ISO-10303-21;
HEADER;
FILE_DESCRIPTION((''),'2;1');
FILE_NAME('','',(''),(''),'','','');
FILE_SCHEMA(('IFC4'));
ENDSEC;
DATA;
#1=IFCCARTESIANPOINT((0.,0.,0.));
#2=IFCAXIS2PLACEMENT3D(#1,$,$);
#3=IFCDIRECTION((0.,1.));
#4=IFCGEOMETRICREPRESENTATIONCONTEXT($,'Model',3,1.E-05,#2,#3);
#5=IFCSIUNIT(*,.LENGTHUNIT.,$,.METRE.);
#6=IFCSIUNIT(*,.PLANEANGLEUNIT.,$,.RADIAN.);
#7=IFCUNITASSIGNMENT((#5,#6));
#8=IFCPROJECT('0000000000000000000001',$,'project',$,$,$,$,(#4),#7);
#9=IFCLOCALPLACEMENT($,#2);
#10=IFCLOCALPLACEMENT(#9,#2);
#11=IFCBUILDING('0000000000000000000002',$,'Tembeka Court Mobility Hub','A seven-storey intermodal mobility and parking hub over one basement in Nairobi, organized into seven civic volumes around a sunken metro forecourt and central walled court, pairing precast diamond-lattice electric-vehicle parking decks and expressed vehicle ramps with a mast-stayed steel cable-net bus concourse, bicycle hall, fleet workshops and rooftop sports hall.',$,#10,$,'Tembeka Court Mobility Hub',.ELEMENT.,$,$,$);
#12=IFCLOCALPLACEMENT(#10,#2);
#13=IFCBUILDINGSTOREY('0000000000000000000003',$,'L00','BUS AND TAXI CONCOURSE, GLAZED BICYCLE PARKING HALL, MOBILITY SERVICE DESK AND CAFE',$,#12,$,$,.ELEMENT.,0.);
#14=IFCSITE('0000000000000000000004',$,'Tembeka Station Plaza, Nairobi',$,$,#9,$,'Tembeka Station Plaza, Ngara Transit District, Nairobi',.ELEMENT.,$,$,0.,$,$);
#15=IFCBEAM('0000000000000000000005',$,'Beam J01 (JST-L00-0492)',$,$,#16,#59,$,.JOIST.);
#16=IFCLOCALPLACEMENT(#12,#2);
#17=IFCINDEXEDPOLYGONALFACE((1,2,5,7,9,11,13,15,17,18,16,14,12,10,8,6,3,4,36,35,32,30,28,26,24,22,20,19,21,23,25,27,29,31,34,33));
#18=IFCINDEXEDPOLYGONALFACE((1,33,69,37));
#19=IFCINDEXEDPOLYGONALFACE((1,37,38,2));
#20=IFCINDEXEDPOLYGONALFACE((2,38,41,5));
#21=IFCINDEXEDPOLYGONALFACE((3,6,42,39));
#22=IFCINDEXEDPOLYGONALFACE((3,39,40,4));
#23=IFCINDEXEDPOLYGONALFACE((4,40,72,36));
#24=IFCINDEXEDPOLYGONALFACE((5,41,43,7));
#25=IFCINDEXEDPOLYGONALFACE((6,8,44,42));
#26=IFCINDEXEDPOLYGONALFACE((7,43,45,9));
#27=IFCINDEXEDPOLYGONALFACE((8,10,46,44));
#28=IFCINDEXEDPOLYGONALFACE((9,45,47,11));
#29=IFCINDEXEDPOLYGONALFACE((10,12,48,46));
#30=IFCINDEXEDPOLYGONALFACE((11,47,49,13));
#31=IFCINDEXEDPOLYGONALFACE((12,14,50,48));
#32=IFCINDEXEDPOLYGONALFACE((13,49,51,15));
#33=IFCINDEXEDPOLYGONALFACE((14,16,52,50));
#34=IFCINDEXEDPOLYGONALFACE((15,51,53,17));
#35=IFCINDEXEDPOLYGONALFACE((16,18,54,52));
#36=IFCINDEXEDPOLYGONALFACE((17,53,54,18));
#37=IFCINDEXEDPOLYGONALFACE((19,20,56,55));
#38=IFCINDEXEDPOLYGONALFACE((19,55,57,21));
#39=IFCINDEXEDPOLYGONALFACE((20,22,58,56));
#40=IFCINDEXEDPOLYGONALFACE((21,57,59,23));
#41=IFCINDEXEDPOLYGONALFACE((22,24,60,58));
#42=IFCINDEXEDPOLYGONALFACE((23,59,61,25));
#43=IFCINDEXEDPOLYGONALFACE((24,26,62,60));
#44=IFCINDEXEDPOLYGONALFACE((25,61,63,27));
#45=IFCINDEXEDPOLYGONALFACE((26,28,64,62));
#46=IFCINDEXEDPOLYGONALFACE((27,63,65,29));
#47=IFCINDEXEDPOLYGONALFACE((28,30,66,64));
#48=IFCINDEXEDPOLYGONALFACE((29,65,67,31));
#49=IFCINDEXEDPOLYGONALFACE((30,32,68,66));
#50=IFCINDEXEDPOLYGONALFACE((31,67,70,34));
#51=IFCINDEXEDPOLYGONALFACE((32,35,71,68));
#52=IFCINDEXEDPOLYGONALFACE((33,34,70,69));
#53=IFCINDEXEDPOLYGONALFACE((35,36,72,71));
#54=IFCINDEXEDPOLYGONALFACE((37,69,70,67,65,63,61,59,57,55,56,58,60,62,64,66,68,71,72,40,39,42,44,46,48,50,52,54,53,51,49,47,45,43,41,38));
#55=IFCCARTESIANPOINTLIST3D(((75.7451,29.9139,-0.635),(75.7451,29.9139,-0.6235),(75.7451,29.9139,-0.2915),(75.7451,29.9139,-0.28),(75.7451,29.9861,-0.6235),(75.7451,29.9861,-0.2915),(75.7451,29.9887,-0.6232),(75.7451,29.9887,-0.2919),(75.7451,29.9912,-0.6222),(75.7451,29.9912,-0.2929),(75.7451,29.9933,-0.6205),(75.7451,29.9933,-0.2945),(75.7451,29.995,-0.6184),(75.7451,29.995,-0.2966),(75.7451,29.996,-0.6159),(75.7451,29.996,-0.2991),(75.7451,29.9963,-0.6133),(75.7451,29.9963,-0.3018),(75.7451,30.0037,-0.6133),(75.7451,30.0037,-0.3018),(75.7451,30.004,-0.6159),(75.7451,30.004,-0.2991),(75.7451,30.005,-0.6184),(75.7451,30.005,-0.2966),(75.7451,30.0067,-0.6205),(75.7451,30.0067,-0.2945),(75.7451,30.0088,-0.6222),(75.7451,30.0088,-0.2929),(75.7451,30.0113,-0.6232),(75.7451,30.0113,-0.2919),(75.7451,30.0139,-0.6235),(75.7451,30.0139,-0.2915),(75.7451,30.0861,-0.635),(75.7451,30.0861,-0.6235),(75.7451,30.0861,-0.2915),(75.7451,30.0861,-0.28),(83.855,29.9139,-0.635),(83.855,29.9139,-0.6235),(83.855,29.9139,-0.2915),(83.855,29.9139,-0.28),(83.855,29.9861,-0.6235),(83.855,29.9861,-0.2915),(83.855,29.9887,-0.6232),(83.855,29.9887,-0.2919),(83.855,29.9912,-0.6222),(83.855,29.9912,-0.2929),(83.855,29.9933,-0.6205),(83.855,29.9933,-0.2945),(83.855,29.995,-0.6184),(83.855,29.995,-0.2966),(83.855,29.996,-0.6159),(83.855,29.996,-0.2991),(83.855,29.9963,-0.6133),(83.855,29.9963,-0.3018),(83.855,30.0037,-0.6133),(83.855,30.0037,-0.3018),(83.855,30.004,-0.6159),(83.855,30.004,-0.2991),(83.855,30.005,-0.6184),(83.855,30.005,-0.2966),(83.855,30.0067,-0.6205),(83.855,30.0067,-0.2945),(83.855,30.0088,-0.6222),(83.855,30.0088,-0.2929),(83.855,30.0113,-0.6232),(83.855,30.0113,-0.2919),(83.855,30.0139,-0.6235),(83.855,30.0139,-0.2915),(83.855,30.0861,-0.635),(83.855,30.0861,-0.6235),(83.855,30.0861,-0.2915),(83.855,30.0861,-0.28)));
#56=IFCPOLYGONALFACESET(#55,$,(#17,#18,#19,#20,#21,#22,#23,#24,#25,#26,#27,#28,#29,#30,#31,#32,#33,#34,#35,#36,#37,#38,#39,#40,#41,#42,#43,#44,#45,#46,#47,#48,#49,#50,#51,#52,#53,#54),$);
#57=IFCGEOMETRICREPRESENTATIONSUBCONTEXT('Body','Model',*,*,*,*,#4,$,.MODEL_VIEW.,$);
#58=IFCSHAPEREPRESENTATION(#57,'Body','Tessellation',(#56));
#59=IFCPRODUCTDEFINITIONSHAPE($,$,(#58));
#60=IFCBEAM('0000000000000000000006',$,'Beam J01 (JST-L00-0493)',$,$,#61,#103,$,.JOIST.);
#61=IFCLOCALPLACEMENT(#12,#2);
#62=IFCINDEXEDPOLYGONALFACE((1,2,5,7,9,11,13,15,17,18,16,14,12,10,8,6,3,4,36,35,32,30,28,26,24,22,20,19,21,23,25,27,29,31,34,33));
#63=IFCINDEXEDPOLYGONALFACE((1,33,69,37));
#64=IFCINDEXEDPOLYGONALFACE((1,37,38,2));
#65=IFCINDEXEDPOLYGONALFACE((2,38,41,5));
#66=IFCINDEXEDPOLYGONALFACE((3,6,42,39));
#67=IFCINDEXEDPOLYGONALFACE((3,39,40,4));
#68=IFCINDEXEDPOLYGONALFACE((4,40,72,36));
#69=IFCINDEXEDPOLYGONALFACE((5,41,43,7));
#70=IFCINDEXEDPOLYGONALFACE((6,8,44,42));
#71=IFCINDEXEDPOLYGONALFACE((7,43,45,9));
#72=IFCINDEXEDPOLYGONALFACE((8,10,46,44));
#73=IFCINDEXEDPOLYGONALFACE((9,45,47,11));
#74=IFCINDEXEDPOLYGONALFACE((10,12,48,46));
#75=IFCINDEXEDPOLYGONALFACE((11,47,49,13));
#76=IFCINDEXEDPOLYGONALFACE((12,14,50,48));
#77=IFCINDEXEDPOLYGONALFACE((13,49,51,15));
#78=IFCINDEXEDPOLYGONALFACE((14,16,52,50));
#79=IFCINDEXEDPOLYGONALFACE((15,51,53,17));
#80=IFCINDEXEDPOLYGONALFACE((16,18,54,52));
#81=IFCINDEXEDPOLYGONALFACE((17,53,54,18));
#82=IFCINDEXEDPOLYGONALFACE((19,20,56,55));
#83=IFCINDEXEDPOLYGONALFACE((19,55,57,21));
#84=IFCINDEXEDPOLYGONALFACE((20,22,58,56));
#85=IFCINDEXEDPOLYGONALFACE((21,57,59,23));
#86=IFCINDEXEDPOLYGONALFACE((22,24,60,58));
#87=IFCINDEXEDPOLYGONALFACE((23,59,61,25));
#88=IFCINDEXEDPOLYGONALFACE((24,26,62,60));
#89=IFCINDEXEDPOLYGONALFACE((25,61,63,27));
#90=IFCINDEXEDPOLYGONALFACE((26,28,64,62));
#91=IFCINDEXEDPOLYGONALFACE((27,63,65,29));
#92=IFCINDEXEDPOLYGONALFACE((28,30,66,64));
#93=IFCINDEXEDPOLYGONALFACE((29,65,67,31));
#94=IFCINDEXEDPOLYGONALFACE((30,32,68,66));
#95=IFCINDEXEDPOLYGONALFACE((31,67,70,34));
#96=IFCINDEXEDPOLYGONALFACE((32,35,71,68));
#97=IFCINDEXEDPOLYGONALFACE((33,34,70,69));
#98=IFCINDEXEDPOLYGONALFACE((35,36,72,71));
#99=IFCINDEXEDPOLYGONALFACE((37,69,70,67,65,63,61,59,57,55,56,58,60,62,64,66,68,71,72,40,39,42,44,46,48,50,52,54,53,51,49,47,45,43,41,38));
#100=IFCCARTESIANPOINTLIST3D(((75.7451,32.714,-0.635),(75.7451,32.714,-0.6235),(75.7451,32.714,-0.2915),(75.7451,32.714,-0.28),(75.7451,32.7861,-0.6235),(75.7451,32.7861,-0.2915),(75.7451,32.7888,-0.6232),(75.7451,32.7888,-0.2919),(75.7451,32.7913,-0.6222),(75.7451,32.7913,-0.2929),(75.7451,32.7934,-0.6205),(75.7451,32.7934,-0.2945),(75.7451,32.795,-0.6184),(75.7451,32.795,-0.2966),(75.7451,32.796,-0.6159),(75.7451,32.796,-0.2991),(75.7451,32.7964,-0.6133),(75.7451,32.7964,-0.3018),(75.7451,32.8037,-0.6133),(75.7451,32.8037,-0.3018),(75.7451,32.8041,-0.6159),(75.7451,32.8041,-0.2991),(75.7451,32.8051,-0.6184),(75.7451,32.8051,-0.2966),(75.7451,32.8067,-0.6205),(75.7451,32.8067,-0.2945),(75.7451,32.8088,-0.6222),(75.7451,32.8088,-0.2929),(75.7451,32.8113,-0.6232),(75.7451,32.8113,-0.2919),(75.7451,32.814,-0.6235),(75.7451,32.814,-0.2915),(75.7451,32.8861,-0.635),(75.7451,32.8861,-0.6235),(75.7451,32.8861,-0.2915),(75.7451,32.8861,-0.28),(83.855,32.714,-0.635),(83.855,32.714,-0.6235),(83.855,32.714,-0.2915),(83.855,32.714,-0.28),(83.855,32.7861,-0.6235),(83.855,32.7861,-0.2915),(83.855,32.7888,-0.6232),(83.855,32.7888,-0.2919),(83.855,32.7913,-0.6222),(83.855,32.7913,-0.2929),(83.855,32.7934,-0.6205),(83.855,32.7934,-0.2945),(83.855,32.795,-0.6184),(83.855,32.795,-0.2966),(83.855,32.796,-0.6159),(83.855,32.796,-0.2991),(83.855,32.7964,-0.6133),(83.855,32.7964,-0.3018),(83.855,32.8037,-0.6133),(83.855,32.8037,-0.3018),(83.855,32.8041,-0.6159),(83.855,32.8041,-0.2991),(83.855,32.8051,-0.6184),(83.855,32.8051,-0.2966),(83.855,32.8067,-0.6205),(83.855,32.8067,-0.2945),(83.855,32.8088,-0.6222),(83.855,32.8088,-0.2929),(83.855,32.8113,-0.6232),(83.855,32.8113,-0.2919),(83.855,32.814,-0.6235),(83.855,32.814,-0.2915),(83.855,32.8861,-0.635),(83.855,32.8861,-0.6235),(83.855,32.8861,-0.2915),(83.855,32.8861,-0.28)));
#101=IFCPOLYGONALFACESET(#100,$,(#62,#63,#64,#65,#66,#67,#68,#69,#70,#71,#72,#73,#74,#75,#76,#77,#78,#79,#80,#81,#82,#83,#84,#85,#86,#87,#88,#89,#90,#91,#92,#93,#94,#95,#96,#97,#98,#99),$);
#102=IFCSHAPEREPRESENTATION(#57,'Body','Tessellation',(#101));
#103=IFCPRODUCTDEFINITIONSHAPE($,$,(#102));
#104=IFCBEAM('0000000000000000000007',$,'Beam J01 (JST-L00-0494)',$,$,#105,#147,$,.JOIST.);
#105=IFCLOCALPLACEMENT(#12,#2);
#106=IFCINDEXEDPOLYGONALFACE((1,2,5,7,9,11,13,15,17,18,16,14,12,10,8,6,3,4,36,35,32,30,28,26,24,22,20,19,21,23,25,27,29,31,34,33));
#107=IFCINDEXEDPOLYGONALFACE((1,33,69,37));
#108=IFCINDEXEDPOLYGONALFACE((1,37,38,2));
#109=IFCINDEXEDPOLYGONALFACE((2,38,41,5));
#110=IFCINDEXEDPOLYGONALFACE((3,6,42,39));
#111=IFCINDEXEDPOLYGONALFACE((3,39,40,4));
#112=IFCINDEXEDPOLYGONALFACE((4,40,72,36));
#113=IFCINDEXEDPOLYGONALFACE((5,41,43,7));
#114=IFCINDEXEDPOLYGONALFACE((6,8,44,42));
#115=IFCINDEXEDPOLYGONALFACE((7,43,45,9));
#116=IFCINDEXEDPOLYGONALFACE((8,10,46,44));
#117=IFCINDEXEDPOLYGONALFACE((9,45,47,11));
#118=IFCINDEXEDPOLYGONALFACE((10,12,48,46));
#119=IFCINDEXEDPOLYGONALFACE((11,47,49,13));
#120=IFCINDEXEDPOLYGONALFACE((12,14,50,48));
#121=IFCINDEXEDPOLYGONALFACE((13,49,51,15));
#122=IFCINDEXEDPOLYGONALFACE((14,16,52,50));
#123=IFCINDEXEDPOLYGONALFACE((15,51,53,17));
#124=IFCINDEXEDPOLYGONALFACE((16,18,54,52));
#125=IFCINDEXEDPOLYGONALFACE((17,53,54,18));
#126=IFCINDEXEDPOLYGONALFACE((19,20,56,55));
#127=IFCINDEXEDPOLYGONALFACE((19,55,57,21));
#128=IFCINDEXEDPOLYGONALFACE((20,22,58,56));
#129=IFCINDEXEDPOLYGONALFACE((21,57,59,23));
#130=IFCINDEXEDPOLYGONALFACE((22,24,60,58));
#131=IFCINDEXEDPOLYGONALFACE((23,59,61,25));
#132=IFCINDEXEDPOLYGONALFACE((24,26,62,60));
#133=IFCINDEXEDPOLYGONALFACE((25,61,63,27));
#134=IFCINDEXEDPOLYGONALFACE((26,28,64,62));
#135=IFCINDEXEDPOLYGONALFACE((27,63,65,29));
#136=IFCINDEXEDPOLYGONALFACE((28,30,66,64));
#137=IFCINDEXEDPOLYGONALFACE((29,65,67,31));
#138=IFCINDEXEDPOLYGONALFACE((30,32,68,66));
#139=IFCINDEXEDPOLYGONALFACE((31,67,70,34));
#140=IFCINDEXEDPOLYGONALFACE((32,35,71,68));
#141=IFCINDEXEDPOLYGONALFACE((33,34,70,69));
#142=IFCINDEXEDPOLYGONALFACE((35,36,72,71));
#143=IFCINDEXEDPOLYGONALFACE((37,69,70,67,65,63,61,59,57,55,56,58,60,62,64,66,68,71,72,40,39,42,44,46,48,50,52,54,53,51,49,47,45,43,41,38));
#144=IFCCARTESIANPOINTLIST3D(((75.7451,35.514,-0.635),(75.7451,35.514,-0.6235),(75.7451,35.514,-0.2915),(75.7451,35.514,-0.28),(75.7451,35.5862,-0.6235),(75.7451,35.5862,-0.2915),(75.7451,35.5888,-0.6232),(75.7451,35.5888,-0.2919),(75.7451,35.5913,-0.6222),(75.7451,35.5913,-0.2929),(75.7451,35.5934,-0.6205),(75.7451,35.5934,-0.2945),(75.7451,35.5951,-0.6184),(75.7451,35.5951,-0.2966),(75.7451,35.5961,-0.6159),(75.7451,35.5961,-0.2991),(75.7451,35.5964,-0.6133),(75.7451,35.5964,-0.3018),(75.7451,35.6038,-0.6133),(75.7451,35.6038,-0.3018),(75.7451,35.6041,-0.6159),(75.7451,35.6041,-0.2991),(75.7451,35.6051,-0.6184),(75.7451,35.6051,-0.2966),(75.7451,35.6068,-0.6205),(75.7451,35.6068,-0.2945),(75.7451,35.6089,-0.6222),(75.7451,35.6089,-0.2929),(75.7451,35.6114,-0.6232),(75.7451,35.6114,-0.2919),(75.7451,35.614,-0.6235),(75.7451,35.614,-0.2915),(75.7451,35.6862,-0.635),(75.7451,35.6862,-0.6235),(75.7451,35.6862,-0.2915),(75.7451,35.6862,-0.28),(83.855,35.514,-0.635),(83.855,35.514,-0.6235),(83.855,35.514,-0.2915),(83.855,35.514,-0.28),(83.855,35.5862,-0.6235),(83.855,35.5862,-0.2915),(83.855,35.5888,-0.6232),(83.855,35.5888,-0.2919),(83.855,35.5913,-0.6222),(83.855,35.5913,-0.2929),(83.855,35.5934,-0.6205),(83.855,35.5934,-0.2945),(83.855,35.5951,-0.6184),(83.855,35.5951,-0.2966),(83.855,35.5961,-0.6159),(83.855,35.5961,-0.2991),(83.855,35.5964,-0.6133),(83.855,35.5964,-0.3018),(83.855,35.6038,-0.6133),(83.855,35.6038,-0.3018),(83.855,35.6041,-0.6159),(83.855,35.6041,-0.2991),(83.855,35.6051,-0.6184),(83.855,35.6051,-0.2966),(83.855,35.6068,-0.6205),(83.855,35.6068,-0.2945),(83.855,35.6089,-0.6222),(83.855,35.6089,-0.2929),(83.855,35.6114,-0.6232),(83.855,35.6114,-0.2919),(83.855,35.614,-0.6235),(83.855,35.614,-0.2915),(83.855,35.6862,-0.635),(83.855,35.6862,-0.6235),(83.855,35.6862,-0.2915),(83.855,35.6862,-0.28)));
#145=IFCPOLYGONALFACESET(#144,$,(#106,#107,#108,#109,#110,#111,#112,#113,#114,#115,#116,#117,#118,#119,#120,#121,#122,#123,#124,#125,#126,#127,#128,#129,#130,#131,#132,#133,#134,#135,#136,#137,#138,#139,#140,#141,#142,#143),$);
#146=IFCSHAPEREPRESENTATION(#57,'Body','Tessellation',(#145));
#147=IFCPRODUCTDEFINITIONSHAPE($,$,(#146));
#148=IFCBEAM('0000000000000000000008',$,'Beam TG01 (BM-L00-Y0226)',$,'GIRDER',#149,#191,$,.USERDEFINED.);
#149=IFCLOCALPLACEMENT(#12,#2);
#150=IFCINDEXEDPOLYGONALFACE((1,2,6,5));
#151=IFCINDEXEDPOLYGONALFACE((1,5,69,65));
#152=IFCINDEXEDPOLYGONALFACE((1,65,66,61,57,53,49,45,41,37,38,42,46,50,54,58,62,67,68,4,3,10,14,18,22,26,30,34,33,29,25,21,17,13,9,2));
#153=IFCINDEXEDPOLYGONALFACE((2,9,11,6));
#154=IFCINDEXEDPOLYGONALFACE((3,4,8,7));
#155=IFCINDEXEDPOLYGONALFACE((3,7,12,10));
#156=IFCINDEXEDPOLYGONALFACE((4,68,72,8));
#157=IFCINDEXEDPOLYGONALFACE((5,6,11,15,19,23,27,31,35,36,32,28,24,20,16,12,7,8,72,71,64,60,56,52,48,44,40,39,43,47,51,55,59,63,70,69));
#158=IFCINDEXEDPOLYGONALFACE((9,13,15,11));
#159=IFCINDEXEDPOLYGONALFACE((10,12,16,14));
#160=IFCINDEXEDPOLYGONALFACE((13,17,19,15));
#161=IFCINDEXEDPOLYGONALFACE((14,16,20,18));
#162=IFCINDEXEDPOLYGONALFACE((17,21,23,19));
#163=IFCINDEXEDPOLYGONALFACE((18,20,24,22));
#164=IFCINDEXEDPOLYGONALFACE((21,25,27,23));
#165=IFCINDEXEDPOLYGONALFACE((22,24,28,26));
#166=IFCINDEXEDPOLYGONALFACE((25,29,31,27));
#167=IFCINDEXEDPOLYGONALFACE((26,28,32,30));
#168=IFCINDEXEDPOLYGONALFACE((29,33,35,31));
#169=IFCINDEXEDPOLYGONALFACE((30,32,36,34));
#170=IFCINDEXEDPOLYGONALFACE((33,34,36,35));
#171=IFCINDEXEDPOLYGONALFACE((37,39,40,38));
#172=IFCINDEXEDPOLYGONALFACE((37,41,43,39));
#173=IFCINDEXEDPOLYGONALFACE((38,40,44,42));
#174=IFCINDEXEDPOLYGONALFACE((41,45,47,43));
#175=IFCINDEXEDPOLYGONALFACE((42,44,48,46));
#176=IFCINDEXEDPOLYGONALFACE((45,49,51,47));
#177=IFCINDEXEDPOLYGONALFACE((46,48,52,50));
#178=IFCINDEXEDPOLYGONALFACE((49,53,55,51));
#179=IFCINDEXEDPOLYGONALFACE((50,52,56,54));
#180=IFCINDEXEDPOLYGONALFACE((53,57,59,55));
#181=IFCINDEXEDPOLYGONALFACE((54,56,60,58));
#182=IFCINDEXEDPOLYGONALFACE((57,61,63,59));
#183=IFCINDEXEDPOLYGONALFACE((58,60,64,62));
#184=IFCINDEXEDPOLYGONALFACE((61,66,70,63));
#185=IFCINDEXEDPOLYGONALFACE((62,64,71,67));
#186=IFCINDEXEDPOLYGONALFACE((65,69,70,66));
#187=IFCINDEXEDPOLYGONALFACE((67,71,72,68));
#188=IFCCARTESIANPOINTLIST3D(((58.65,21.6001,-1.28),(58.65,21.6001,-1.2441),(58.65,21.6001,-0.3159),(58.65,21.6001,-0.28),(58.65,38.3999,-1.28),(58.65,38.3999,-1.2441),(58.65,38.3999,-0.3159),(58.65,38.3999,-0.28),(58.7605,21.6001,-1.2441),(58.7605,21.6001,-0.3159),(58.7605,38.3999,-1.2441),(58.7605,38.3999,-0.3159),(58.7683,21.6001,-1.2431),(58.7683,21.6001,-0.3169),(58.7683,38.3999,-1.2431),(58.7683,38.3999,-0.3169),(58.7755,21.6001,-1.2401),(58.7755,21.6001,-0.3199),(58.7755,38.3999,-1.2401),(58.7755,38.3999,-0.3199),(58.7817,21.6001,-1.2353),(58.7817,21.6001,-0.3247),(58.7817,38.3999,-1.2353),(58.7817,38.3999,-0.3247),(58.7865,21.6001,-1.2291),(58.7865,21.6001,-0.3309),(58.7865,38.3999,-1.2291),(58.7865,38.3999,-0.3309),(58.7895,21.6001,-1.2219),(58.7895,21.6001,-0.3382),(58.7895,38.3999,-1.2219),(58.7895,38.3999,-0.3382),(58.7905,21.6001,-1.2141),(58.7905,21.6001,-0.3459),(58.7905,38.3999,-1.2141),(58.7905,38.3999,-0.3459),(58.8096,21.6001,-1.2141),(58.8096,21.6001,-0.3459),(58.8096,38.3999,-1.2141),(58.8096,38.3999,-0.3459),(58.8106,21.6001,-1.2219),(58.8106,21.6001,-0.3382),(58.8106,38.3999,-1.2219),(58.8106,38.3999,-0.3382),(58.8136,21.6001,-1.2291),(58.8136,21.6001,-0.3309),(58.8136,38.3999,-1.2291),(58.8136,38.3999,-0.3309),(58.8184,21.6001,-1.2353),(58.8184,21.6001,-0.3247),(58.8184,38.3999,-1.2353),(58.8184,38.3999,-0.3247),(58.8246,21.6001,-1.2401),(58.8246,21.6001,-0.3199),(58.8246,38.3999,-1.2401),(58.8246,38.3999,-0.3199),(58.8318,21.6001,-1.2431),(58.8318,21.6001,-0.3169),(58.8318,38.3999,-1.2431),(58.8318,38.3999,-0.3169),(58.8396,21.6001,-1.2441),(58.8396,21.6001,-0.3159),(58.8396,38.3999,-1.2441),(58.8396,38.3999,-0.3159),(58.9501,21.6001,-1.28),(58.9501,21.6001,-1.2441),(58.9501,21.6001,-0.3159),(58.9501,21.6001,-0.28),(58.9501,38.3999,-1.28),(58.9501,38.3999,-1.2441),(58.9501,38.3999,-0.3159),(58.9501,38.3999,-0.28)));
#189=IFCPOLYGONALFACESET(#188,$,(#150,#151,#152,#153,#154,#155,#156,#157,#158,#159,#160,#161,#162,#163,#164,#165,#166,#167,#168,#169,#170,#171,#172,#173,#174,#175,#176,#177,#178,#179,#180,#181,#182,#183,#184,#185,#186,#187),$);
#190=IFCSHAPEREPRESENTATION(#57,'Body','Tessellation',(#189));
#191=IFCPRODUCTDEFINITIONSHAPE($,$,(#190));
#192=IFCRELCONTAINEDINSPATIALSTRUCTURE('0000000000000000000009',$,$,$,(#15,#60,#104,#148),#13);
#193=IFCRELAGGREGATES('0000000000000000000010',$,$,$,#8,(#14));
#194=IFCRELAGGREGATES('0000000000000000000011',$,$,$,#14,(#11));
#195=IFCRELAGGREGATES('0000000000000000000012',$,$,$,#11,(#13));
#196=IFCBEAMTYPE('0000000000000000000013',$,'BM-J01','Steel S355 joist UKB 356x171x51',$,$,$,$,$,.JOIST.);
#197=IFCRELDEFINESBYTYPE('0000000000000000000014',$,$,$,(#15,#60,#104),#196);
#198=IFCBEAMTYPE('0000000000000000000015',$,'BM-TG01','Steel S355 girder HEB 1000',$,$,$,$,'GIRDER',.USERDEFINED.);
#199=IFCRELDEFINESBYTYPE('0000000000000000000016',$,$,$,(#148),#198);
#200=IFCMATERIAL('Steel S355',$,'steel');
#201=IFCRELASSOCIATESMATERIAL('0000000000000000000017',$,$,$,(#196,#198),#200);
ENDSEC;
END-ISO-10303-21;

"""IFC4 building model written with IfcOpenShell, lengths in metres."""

from ifc_helpers import new_model, si_unit, direction, frame, origin, origin_2d, place, context, subcontext, project, spatial, i_section, extrude, material, material_profile, profile_set, type_object, element, save


model = new_model("IFC4")

# Units and contexts
model_context = context("Model", 3, precision=1e-05, world=origin(), true_north=direction((0.0, 1.0)))
body_context = subcontext(model_context, "Body", "Model", "MODEL_VIEW")
ifc_project = project(units=[si_unit("LENGTHUNIT", "METRE"), si_unit("PLANEANGLEUNIT", "RADIAN")], contexts=[model_context])

# Site, building, storey
site_placement = place(None, origin())
site = spatial("IfcSite", under=ifc_project, at=site_placement, Name="Tembeka Station Plaza, Nairobi", LongName="Tembeka Station Plaza, Ngara Transit District, Nairobi", CompositionType="ELEMENT", RefElevation=0.0)
building_placement = place(site_placement, origin())
building = spatial("IfcBuilding", under=site, at=building_placement, Name="Tembeka Court Mobility Hub", Description="A seven-storey intermodal mobility and parking hub over one basement in Nairobi, organized into seven civic volumes around a sunken metro forecourt and central walled court, pairing precast diamond-lattice electric-vehicle parking decks and expressed vehicle ramps with a mast-stayed steel cable-net bus concourse, bicycle hall, fleet workshops and rooftop sports hall.", LongName="Tembeka Court Mobility Hub", CompositionType="ELEMENT")
storey_placement = place(building_placement, origin())
storey = spatial("IfcBuildingStorey", under=building, at=storey_placement, Name="L00", Description="BUS AND TAXI CONCOURSE, GLAZED BICYCLE PARKING HALL, MOBILITY SERVICE DESK AND CAFE", CompositionType="ELEMENT", Elevation=0.0)

# Shared definitions
ifc_material_1 = material(Name="Steel S355", Category="steel")

# Beams
ifc_material_profile_1 = material_profile(ifc_material_1, i_section(OverallWidth=0.1721, OverallDepth=0.355, WebThickness=0.0073, FlangeThickness=0.0115, FilletRadius=0.0103, at=origin_2d()), Name="UKB 356x171x51")
ifc_profile_set_1 = profile_set([ifc_material_profile_1], Name="Steel S355")
beam_type_1 = type_object("IfcBeamType", Name="BM-J01", Description="Steel S355 joist UKB 356x171x51", PredefinedType="JOIST", material=ifc_profile_set_1)
for number, where, z_axis, x_axis, name in (
    (1, (75.7451, 30.0, -0.4575), (1.0, 0.0, 0.0), (0.0, 1.0, 0.0), "Beam J01 (JST-L00-0492)"),
    (2, (75.7451, 32.8, -0.4575), (1.0, 0.0, 0.0), (0.0, 1.0, 0.0), "Beam J01 (JST-L00-0493)"),
    (3, (75.7451, 35.6001, -0.4575), (1.0, 0.0, 0.0), (0.0, 1.0, 0.0), "Beam J01 (JST-L00-0494)"),
):
    element("IfcBeam", number, at=place(storey_placement, frame(where, z_axis=z_axis, x_axis=x_axis)), inside=storey, type_object=beam_type_1, Name=name, PredefinedType="JOIST", context=body_context, shape_type="SweptSolid", body=[
        extrude(i_section(OverallWidth=0.1721, OverallDepth=0.355, WebThickness=0.0073, FlangeThickness=0.0115, FilletRadius=0.0103, at=origin_2d()), origin(), (0.0, 0.0, 1.0), 8.1099),
    ])
ifc_material_profile_2 = material_profile(ifc_material_1, i_section(OverallWidth=0.3, OverallDepth=1.0, WebThickness=0.019, FlangeThickness=0.0359, FilletRadius=0.03, at=origin_2d()), Name="HEB 1000")
ifc_profile_set_2 = profile_set([ifc_material_profile_2], Name="Steel S355")
beam_type_2 = type_object("IfcBeamType", Name="BM-TG01", Description="Steel S355 girder HEB 1000", ElementType="GIRDER", PredefinedType="USERDEFINED", material=ifc_profile_set_2)
for number, where, z_axis, x_axis, name in (
    (4, (58.8, 21.6001, -0.78), (0.0, 1.0, 0.0), (-1.0, 0.0, 0.0), "Beam TG01 (BM-L00-Y0226)"),
):
    element("IfcBeam", number, at=place(storey_placement, frame(where, z_axis=z_axis, x_axis=x_axis)), inside=storey, type_object=beam_type_2, Name=name, ObjectType="GIRDER", PredefinedType="USERDEFINED", context=body_context, shape_type="SweptSolid", body=[
        extrude(i_section(OverallWidth=0.3, OverallDepth=1.0, WebThickness=0.019, FlangeThickness=0.0359, FilletRadius=0.03, at=origin_2d()), origin(), (0.0, 0.0, 1.0), 16.7998),
    ])

save(model, "model.ifc")
